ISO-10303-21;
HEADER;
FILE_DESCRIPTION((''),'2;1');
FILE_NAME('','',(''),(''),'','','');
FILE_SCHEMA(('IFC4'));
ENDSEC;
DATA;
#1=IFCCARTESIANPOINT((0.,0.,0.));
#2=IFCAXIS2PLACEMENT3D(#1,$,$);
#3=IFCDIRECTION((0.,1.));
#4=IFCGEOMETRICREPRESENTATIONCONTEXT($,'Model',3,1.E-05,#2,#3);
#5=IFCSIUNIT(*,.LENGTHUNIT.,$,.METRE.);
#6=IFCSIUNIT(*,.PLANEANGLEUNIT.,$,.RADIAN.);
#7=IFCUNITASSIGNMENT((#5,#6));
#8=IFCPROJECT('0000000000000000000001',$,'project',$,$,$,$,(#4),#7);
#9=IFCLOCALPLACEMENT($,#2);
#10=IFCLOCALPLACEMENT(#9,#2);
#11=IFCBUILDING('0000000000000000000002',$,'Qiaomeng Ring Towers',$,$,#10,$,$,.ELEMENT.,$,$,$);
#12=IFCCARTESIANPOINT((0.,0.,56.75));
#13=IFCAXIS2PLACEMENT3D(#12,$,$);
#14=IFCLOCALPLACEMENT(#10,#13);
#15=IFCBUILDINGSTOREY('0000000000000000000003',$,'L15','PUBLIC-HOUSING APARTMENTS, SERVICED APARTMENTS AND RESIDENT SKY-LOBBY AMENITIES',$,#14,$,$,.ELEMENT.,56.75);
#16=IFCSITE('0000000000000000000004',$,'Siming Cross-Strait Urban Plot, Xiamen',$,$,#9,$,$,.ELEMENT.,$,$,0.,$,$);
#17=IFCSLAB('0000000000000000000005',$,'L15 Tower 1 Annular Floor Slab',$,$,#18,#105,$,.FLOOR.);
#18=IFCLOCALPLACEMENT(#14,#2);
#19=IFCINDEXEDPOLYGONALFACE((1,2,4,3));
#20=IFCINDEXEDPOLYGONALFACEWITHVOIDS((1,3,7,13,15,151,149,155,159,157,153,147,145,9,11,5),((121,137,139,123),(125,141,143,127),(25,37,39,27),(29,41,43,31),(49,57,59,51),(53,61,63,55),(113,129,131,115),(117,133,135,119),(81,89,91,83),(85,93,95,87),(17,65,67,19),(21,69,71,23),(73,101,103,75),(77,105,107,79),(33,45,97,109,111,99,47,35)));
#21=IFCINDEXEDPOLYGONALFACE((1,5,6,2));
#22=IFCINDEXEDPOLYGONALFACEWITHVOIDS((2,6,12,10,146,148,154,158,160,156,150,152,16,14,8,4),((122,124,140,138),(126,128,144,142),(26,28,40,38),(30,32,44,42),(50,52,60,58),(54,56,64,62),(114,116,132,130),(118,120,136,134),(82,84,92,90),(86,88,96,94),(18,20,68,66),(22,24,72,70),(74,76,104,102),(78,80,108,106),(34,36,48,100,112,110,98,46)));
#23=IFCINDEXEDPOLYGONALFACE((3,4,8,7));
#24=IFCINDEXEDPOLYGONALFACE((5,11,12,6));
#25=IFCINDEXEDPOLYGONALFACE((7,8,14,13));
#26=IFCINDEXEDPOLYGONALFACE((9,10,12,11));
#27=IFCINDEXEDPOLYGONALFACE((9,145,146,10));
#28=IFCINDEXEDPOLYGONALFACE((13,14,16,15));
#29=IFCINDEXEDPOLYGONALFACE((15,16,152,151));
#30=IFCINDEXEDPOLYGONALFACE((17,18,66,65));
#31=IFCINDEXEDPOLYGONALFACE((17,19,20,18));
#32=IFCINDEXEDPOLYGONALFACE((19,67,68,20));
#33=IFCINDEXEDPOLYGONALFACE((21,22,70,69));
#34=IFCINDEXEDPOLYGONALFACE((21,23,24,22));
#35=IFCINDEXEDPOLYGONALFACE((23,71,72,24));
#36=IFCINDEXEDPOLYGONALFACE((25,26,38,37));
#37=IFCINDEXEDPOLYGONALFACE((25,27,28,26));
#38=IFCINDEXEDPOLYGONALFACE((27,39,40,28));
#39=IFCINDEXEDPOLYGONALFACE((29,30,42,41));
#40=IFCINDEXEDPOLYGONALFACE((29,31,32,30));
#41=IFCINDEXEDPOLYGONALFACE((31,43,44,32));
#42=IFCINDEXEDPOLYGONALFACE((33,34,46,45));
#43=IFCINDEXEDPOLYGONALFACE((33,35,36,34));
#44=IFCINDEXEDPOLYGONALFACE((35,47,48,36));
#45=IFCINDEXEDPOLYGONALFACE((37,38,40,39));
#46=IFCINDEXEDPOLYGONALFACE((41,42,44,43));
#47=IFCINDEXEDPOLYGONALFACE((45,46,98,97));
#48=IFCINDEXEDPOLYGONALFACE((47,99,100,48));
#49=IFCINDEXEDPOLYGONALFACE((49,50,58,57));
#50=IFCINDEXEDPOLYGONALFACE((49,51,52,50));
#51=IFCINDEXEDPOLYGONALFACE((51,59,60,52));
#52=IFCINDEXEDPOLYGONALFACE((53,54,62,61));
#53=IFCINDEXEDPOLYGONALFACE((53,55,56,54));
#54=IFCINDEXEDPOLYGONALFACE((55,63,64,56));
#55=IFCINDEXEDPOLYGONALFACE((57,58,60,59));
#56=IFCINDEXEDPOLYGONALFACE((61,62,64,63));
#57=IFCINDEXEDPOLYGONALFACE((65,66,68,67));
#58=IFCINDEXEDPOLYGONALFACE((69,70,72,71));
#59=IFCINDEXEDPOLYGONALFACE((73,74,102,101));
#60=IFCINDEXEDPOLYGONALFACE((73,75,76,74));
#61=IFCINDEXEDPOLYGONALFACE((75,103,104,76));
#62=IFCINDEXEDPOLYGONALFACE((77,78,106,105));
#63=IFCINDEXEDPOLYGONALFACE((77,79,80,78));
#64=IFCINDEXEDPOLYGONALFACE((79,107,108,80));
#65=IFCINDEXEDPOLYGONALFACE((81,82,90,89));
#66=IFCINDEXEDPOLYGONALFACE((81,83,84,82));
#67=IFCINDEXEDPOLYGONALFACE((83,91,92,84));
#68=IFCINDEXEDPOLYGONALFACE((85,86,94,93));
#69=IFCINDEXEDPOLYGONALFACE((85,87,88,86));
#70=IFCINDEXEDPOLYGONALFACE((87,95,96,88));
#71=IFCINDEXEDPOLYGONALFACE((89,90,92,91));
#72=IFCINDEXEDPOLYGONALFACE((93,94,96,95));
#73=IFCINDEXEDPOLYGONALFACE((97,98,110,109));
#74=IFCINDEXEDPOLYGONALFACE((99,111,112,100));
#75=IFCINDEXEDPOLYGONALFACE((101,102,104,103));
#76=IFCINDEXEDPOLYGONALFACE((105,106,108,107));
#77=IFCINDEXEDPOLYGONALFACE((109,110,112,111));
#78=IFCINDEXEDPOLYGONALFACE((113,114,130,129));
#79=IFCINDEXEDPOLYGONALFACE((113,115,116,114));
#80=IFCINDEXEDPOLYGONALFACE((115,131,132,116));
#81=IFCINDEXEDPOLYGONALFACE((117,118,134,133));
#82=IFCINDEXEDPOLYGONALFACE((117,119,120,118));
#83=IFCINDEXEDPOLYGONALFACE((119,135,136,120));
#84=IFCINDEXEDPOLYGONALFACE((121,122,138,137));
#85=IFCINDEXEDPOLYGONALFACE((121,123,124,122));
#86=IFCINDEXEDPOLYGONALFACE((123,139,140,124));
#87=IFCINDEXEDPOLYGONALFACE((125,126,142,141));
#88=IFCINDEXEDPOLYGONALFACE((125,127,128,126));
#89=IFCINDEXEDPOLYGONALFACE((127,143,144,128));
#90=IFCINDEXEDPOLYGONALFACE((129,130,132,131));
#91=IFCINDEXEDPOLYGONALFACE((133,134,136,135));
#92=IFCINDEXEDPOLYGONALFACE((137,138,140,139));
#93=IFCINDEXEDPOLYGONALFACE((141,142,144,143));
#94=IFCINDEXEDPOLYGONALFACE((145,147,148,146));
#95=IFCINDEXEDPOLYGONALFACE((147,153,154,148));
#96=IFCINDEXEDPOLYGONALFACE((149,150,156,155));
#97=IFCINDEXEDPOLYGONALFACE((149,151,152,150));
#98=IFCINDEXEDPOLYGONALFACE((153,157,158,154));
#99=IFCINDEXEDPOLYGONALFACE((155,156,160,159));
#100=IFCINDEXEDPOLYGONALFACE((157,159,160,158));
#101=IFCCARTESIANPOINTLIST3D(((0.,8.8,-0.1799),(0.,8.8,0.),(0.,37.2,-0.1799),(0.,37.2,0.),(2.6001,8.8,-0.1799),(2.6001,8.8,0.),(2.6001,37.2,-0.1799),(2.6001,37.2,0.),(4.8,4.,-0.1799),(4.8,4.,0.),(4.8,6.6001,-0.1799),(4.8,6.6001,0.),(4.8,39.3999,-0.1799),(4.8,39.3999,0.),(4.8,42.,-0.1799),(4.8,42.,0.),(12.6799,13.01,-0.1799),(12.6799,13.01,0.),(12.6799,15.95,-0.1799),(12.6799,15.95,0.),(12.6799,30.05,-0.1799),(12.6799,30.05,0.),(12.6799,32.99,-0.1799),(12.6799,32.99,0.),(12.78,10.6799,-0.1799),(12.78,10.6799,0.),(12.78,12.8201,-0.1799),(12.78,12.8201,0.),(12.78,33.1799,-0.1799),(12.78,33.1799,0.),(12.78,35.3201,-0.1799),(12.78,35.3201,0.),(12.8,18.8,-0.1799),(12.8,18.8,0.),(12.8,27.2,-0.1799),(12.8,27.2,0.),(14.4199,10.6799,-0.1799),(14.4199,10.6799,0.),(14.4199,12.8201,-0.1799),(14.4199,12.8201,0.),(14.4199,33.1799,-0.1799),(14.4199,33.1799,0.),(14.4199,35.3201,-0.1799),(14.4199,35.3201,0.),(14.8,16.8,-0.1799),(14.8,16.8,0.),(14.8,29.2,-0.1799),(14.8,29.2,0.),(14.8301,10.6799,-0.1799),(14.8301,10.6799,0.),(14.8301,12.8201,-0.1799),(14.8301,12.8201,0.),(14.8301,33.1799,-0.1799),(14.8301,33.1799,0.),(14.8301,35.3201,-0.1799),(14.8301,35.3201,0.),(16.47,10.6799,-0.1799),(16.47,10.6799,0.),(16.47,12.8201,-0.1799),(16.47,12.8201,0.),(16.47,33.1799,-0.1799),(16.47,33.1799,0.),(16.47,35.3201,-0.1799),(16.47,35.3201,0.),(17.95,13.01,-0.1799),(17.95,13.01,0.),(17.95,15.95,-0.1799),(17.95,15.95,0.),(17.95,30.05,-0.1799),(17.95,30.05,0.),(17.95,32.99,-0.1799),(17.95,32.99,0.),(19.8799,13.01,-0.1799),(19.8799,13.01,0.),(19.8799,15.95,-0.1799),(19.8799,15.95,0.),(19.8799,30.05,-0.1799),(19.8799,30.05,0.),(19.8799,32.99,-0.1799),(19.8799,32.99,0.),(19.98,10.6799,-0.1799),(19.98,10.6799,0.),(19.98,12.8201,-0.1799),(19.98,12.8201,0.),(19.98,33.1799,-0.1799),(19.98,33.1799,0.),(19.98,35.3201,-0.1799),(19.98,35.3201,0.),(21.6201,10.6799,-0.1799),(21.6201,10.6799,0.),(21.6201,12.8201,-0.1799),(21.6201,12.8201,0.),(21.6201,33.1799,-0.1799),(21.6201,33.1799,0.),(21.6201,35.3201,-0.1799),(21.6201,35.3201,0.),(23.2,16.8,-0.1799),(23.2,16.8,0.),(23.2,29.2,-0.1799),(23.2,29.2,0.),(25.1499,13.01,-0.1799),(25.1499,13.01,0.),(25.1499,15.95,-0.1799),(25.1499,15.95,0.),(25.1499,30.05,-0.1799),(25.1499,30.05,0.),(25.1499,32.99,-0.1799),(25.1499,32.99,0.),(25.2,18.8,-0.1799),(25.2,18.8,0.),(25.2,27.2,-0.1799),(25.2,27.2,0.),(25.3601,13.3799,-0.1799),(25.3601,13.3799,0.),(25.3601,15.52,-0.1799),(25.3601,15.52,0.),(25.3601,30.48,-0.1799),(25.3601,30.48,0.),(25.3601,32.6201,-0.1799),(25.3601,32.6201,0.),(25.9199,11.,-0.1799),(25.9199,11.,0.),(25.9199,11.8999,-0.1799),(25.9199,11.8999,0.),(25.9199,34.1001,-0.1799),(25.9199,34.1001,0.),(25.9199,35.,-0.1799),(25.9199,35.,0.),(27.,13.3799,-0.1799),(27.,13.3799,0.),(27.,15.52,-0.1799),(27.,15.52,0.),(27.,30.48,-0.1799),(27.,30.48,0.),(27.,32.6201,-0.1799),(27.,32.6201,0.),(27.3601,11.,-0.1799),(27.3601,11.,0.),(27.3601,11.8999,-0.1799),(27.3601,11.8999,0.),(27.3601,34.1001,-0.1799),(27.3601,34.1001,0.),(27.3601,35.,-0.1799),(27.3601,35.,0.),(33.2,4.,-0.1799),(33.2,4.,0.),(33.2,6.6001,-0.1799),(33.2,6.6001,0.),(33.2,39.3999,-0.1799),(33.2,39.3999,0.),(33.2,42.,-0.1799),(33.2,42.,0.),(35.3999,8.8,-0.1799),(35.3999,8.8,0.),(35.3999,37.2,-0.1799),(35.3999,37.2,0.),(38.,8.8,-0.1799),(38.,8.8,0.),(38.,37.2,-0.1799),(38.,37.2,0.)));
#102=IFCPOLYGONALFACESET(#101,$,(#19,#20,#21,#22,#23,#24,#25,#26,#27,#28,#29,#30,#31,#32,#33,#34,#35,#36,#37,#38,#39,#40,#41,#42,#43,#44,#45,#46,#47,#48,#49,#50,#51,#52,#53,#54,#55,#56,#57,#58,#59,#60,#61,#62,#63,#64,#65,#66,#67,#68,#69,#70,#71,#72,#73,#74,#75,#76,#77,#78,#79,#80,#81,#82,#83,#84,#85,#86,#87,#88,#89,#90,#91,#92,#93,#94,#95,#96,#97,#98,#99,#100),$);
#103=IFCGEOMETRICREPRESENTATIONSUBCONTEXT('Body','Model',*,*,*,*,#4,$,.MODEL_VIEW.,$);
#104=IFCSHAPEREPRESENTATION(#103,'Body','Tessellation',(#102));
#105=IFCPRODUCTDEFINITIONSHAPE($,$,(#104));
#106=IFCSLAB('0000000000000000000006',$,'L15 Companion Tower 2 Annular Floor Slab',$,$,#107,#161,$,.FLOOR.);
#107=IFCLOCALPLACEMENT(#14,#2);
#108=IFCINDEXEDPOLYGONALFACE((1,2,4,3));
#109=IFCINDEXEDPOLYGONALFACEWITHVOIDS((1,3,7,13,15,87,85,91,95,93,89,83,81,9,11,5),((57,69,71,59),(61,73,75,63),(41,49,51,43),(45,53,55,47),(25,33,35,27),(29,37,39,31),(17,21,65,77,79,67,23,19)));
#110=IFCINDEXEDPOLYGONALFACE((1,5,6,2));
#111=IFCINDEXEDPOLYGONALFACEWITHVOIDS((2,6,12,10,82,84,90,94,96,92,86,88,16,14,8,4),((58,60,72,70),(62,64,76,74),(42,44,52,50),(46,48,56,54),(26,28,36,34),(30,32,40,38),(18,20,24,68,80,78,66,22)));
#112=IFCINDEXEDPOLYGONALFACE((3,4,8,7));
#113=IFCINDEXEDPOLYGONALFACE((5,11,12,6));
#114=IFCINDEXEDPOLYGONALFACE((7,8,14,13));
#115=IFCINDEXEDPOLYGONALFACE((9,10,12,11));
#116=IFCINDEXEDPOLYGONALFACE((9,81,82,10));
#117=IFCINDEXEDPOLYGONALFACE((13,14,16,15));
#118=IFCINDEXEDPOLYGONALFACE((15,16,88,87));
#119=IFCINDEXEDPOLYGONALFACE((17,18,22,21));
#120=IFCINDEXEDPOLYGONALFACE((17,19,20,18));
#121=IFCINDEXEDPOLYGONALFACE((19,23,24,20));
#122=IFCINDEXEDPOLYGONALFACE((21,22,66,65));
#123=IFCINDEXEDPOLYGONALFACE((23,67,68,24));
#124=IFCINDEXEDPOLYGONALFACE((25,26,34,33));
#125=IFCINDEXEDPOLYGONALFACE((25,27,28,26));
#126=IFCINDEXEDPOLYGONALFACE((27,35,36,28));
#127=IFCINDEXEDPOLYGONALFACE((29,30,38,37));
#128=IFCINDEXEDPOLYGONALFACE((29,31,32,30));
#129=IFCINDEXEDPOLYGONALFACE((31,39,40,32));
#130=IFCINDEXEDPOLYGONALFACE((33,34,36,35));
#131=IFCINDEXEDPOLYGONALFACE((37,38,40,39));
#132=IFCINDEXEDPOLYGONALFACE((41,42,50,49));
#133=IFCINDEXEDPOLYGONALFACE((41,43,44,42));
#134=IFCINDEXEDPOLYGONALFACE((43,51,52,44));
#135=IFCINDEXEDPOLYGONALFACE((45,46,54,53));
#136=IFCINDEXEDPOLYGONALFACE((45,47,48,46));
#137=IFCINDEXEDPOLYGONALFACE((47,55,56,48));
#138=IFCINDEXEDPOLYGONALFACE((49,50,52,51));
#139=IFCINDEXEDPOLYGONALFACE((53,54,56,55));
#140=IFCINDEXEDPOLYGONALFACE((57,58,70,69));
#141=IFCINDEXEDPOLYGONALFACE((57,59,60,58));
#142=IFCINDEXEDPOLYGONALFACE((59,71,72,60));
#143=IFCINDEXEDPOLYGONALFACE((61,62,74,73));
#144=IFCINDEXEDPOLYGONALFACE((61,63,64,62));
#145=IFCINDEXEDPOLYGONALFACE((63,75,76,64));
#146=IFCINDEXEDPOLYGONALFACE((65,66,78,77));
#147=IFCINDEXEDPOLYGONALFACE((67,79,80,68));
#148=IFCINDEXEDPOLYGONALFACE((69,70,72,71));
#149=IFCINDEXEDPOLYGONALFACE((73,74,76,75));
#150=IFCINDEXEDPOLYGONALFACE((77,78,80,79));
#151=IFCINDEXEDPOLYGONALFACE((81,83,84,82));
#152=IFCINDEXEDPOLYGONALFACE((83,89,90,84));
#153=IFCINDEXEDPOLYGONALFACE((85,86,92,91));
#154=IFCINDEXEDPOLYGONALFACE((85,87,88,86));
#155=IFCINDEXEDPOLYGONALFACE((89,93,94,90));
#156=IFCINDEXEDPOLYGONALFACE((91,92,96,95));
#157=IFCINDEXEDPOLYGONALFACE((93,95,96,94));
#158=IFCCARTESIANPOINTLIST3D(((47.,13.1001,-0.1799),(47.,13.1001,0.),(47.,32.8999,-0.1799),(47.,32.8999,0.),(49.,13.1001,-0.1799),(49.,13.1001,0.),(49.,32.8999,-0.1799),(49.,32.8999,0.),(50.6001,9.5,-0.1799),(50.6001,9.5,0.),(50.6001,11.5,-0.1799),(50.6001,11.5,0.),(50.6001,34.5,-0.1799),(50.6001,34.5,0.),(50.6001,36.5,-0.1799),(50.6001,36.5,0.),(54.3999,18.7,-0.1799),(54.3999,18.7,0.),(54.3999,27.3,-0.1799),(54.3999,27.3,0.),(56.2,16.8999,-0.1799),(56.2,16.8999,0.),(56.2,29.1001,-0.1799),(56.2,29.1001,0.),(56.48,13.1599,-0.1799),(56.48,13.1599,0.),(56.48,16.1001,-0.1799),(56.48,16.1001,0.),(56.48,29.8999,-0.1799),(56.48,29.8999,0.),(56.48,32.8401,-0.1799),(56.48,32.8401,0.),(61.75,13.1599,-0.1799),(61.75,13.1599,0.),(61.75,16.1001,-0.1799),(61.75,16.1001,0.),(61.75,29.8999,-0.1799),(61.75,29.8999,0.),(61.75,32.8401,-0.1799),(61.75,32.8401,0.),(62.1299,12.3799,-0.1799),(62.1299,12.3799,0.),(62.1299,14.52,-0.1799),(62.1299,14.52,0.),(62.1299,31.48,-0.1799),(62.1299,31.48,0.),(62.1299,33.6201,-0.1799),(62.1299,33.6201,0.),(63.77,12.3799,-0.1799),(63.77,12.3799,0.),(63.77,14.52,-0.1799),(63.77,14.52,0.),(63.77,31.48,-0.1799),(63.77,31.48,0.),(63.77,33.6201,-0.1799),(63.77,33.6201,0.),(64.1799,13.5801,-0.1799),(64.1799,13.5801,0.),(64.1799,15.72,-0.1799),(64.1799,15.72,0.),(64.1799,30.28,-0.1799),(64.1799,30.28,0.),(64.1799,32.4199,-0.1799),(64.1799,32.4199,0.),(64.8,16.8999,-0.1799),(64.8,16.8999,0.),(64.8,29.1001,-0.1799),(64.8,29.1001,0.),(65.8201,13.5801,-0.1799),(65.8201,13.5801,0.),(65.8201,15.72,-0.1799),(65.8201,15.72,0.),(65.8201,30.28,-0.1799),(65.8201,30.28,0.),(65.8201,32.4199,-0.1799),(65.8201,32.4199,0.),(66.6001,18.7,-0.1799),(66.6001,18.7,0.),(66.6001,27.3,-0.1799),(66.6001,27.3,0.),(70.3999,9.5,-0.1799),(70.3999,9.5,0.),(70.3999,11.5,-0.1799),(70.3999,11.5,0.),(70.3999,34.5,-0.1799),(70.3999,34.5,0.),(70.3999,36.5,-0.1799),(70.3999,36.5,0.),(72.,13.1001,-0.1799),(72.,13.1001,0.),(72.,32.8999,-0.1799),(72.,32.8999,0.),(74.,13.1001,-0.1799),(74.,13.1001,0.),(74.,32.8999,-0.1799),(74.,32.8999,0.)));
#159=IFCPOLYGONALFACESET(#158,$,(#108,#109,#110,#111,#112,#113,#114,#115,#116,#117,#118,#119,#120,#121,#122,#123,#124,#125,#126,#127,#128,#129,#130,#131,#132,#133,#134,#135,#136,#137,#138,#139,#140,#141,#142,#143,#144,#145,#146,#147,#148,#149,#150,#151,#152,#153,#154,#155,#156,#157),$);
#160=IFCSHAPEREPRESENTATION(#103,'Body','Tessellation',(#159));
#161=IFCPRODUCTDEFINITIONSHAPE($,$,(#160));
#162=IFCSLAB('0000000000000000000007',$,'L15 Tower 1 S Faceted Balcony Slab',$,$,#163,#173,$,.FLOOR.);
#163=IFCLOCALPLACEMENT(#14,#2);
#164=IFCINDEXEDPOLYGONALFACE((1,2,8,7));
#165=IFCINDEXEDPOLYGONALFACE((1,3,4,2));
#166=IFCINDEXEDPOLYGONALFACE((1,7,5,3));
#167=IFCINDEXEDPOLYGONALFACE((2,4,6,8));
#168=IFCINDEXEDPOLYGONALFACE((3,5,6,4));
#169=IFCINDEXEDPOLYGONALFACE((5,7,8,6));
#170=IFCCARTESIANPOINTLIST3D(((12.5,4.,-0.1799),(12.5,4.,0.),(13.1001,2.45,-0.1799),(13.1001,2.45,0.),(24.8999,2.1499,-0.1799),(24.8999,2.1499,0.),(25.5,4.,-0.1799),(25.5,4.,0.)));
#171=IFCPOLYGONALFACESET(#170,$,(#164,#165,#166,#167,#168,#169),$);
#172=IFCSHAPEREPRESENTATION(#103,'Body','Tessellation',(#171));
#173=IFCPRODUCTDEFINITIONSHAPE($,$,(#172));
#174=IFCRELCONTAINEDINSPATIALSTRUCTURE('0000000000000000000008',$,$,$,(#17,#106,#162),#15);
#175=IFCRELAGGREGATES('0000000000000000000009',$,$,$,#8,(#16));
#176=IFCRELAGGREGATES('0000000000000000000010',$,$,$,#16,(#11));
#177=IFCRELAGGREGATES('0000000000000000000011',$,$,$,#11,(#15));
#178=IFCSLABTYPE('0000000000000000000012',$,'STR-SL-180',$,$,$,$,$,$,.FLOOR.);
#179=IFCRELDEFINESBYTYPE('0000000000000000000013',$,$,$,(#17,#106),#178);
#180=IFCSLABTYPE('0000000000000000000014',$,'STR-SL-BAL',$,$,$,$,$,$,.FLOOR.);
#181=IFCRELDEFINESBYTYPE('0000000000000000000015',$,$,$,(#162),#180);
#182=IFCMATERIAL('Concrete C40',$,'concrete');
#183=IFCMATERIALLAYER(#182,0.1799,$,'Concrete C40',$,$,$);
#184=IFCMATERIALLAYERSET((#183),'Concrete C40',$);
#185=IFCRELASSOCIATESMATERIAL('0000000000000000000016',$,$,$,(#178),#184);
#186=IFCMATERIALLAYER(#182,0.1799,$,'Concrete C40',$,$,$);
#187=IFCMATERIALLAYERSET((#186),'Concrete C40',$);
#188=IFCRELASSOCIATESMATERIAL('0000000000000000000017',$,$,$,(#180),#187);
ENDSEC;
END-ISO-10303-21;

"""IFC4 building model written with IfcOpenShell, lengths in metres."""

from ifc_helpers import new_model, si_unit, direction, frame, origin, place, context, subcontext, project, spatial, polyline, outline, extrude, material, layer, layer_set, type_object, element, save


model = new_model("IFC4")

# Units and contexts
model_context = context("Model", 3, precision=1e-05, world=origin(), true_north=direction((0.0, 1.0)))
body_context = subcontext(model_context, "Body", "Model", "MODEL_VIEW")
ifc_project = project(units=[si_unit("LENGTHUNIT", "METRE"), si_unit("PLANEANGLEUNIT", "RADIAN")], contexts=[model_context])

# Site, building, storey
site_placement = place(None, origin())
site = spatial("IfcSite", under=ifc_project, at=site_placement, Name="Siming Cross-Strait Urban Plot, Xiamen", CompositionType="ELEMENT", RefElevation=0.0)
building_placement = place(site_placement, origin())
building = spatial("IfcBuilding", under=site, at=building_placement, Name="Qiaomeng Ring Towers", CompositionType="ELEMENT")
storey_placement = place(building_placement, frame((0.0, 0.0, 56.75)))
storey = spatial("IfcBuildingStorey", under=building, at=storey_placement, Name="L15", Description="PUBLIC-HOUSING APARTMENTS, SERVICED APARTMENTS AND RESIDENT SKY-LOBBY AMENITIES", CompositionType="ELEMENT", Elevation=56.75)

# Slabs
ifc_material_1 = material(Name="Concrete C40", Category="concrete")
ifc_layer_1 = layer(ifc_material_1, 0.1799, Name="Concrete C40")
ifc_layer_set_1 = layer_set([ifc_layer_1], Name="Concrete C40")
slab_type_1 = type_object("IfcSlabType", Name="STR-SL-180", PredefinedType="FLOOR", material=ifc_layer_set_1)
slab_1_placement = place(storey_placement, frame((0.0, 0.0, -0.1799)))
element("IfcSlab", 1, at=slab_1_placement, inside=storey, type_object=slab_type_1, Name="L15 Tower 1 Annular Floor Slab", PredefinedType="FLOOR", context=body_context, shape_type="SweptSolid", body=[
    extrude(outline(polyline([(4.8, 4.0), (33.2, 4.0), (33.2, 6.6001), (35.3999, 8.8), (38.0, 8.8), (38.0, 37.2), (35.3999, 37.2), (33.2, 39.3999), (33.2, 42.0), (4.8, 42.0), (4.8, 39.3999), (2.6001, 37.2), (0.0, 37.2), (0.0, 8.8), (2.6001, 8.8), (4.8, 6.6001), (4.8, 4.0)]), holes=[polyline([(12.78, 10.6799), (12.78, 12.8201), (14.4199, 12.8201), (14.4199, 10.6799), (12.78, 10.6799)]), polyline([(14.8301, 12.8201), (16.47, 12.8201), (16.47, 10.6799), (14.8301, 10.6799), (14.8301, 12.8201)]), polyline([(12.6799, 15.95), (17.95, 15.95), (17.95, 13.01), (12.6799, 13.01), (12.6799, 15.95)]), polyline([(25.2, 27.2), (25.2, 18.8), (23.2, 16.8), (14.8, 16.8), (12.8, 18.8), (12.8, 27.2), (14.8, 29.2), (23.2, 29.2), (25.2, 27.2)]), polyline([(12.6799, 32.99), (17.95, 32.99), (17.95, 30.05), (12.6799, 30.05), (12.6799, 32.99)]), polyline([(12.78, 35.3201), (14.4199, 35.3201), (14.4199, 33.1799), (12.78, 33.1799), (12.78, 35.3201)]), polyline([(14.8301, 35.3201), (16.47, 35.3201), (16.47, 33.1799), (14.8301, 33.1799), (14.8301, 35.3201)]), polyline([(19.98, 35.3201), (21.6201, 35.3201), (21.6201, 33.1799), (19.98, 33.1799), (19.98, 35.3201)]), polyline([(25.9199, 11.8999), (27.3601, 11.8999), (27.3601, 11.0), (25.9199, 11.0), (25.9199, 11.8999)]), polyline([(19.98, 12.8201), (21.6201, 12.8201), (21.6201, 10.6799), (19.98, 10.6799), (19.98, 12.8201)]), polyline([(25.3601, 15.52), (27.0, 15.52), (27.0, 13.3799), (25.3601, 13.3799), (25.3601, 15.52)]), polyline([(19.8799, 15.95), (25.1499, 15.95), (25.1499, 13.01), (19.8799, 13.01), (19.8799, 15.95)]), polyline([(19.8799, 32.99), (25.1499, 32.99), (25.1499, 30.05), (19.8799, 30.05), (19.8799, 32.99)]), polyline([(25.3601, 32.6201), (27.0, 32.6201), (27.0, 30.48), (25.3601, 30.48), (25.3601, 32.6201)]), polyline([(25.9199, 35.0), (27.3601, 35.0), (27.3601, 34.1001), (25.9199, 34.1001), (25.9199, 35.0)])]), origin(), (0.0, 0.0, 1.0), 0.1799),
])
slab_2_placement = place(storey_placement, frame((0.0, 0.0, -0.1799)))
element("IfcSlab", 2, at=slab_2_placement, inside=storey, type_object=slab_type_1, Name="L15 Companion Tower 2 Annular Floor Slab", PredefinedType="FLOOR", context=body_context, shape_type="SweptSolid", body=[
    extrude(outline(polyline([(50.6001, 9.5), (70.3999, 9.5), (70.3999, 11.5), (72.0, 13.1001), (74.0, 13.1001), (74.0, 32.8999), (72.0, 32.8999), (70.3999, 34.5), (70.3999, 36.5), (50.6001, 36.5), (50.6001, 34.5), (49.0, 32.8999), (47.0, 32.8999), (47.0, 13.1001), (49.0, 13.1001), (50.6001, 11.5), (50.6001, 9.5)]), holes=[polyline([(62.1299, 12.3799), (62.1299, 14.52), (63.77, 14.52), (63.77, 12.3799), (62.1299, 12.3799)]), polyline([(56.48, 13.1599), (56.48, 16.1001), (61.75, 16.1001), (61.75, 13.1599), (56.48, 13.1599)]), polyline([(64.1799, 13.5801), (64.1799, 15.72), (65.8201, 15.72), (65.8201, 13.5801), (64.1799, 13.5801)]), polyline([(64.8, 29.1001), (66.6001, 27.3), (66.6001, 18.7), (64.8, 16.8999), (56.2, 16.8999), (54.3999, 18.7), (54.3999, 27.3), (56.2, 29.1001), (64.8, 29.1001)]), polyline([(64.1799, 30.28), (64.1799, 32.4199), (65.8201, 32.4199), (65.8201, 30.28), (64.1799, 30.28)]), polyline([(56.48, 32.8401), (61.75, 32.8401), (61.75, 29.8999), (56.48, 29.8999), (56.48, 32.8401)]), polyline([(62.1299, 33.6201), (63.77, 33.6201), (63.77, 31.48), (62.1299, 31.48), (62.1299, 33.6201)])]), origin(), (0.0, 0.0, 1.0), 0.1799),
])
ifc_layer_2 = layer(ifc_material_1, 0.1799, Name="Concrete C40")
ifc_layer_set_2 = layer_set([ifc_layer_2], Name="Concrete C40")
slab_type_2 = type_object("IfcSlabType", Name="STR-SL-BAL", PredefinedType="FLOOR", material=ifc_layer_set_2)
slab_3_placement = place(storey_placement, frame((0.0, 0.0, -0.1799)))
element("IfcSlab", 3, at=slab_3_placement, inside=storey, type_object=slab_type_2, Name="L15 Tower 1 S Faceted Balcony Slab", PredefinedType="FLOOR", context=body_context, shape_type="SweptSolid", body=[
    extrude(outline(polyline([(24.8999, 2.1499), (13.1001, 2.45), (12.5, 4.0), (25.5, 4.0), (24.8999, 2.1499)])), origin(), (0.0, 0.0, 1.0), 0.1799),
])

save(model, "model.ifc")
